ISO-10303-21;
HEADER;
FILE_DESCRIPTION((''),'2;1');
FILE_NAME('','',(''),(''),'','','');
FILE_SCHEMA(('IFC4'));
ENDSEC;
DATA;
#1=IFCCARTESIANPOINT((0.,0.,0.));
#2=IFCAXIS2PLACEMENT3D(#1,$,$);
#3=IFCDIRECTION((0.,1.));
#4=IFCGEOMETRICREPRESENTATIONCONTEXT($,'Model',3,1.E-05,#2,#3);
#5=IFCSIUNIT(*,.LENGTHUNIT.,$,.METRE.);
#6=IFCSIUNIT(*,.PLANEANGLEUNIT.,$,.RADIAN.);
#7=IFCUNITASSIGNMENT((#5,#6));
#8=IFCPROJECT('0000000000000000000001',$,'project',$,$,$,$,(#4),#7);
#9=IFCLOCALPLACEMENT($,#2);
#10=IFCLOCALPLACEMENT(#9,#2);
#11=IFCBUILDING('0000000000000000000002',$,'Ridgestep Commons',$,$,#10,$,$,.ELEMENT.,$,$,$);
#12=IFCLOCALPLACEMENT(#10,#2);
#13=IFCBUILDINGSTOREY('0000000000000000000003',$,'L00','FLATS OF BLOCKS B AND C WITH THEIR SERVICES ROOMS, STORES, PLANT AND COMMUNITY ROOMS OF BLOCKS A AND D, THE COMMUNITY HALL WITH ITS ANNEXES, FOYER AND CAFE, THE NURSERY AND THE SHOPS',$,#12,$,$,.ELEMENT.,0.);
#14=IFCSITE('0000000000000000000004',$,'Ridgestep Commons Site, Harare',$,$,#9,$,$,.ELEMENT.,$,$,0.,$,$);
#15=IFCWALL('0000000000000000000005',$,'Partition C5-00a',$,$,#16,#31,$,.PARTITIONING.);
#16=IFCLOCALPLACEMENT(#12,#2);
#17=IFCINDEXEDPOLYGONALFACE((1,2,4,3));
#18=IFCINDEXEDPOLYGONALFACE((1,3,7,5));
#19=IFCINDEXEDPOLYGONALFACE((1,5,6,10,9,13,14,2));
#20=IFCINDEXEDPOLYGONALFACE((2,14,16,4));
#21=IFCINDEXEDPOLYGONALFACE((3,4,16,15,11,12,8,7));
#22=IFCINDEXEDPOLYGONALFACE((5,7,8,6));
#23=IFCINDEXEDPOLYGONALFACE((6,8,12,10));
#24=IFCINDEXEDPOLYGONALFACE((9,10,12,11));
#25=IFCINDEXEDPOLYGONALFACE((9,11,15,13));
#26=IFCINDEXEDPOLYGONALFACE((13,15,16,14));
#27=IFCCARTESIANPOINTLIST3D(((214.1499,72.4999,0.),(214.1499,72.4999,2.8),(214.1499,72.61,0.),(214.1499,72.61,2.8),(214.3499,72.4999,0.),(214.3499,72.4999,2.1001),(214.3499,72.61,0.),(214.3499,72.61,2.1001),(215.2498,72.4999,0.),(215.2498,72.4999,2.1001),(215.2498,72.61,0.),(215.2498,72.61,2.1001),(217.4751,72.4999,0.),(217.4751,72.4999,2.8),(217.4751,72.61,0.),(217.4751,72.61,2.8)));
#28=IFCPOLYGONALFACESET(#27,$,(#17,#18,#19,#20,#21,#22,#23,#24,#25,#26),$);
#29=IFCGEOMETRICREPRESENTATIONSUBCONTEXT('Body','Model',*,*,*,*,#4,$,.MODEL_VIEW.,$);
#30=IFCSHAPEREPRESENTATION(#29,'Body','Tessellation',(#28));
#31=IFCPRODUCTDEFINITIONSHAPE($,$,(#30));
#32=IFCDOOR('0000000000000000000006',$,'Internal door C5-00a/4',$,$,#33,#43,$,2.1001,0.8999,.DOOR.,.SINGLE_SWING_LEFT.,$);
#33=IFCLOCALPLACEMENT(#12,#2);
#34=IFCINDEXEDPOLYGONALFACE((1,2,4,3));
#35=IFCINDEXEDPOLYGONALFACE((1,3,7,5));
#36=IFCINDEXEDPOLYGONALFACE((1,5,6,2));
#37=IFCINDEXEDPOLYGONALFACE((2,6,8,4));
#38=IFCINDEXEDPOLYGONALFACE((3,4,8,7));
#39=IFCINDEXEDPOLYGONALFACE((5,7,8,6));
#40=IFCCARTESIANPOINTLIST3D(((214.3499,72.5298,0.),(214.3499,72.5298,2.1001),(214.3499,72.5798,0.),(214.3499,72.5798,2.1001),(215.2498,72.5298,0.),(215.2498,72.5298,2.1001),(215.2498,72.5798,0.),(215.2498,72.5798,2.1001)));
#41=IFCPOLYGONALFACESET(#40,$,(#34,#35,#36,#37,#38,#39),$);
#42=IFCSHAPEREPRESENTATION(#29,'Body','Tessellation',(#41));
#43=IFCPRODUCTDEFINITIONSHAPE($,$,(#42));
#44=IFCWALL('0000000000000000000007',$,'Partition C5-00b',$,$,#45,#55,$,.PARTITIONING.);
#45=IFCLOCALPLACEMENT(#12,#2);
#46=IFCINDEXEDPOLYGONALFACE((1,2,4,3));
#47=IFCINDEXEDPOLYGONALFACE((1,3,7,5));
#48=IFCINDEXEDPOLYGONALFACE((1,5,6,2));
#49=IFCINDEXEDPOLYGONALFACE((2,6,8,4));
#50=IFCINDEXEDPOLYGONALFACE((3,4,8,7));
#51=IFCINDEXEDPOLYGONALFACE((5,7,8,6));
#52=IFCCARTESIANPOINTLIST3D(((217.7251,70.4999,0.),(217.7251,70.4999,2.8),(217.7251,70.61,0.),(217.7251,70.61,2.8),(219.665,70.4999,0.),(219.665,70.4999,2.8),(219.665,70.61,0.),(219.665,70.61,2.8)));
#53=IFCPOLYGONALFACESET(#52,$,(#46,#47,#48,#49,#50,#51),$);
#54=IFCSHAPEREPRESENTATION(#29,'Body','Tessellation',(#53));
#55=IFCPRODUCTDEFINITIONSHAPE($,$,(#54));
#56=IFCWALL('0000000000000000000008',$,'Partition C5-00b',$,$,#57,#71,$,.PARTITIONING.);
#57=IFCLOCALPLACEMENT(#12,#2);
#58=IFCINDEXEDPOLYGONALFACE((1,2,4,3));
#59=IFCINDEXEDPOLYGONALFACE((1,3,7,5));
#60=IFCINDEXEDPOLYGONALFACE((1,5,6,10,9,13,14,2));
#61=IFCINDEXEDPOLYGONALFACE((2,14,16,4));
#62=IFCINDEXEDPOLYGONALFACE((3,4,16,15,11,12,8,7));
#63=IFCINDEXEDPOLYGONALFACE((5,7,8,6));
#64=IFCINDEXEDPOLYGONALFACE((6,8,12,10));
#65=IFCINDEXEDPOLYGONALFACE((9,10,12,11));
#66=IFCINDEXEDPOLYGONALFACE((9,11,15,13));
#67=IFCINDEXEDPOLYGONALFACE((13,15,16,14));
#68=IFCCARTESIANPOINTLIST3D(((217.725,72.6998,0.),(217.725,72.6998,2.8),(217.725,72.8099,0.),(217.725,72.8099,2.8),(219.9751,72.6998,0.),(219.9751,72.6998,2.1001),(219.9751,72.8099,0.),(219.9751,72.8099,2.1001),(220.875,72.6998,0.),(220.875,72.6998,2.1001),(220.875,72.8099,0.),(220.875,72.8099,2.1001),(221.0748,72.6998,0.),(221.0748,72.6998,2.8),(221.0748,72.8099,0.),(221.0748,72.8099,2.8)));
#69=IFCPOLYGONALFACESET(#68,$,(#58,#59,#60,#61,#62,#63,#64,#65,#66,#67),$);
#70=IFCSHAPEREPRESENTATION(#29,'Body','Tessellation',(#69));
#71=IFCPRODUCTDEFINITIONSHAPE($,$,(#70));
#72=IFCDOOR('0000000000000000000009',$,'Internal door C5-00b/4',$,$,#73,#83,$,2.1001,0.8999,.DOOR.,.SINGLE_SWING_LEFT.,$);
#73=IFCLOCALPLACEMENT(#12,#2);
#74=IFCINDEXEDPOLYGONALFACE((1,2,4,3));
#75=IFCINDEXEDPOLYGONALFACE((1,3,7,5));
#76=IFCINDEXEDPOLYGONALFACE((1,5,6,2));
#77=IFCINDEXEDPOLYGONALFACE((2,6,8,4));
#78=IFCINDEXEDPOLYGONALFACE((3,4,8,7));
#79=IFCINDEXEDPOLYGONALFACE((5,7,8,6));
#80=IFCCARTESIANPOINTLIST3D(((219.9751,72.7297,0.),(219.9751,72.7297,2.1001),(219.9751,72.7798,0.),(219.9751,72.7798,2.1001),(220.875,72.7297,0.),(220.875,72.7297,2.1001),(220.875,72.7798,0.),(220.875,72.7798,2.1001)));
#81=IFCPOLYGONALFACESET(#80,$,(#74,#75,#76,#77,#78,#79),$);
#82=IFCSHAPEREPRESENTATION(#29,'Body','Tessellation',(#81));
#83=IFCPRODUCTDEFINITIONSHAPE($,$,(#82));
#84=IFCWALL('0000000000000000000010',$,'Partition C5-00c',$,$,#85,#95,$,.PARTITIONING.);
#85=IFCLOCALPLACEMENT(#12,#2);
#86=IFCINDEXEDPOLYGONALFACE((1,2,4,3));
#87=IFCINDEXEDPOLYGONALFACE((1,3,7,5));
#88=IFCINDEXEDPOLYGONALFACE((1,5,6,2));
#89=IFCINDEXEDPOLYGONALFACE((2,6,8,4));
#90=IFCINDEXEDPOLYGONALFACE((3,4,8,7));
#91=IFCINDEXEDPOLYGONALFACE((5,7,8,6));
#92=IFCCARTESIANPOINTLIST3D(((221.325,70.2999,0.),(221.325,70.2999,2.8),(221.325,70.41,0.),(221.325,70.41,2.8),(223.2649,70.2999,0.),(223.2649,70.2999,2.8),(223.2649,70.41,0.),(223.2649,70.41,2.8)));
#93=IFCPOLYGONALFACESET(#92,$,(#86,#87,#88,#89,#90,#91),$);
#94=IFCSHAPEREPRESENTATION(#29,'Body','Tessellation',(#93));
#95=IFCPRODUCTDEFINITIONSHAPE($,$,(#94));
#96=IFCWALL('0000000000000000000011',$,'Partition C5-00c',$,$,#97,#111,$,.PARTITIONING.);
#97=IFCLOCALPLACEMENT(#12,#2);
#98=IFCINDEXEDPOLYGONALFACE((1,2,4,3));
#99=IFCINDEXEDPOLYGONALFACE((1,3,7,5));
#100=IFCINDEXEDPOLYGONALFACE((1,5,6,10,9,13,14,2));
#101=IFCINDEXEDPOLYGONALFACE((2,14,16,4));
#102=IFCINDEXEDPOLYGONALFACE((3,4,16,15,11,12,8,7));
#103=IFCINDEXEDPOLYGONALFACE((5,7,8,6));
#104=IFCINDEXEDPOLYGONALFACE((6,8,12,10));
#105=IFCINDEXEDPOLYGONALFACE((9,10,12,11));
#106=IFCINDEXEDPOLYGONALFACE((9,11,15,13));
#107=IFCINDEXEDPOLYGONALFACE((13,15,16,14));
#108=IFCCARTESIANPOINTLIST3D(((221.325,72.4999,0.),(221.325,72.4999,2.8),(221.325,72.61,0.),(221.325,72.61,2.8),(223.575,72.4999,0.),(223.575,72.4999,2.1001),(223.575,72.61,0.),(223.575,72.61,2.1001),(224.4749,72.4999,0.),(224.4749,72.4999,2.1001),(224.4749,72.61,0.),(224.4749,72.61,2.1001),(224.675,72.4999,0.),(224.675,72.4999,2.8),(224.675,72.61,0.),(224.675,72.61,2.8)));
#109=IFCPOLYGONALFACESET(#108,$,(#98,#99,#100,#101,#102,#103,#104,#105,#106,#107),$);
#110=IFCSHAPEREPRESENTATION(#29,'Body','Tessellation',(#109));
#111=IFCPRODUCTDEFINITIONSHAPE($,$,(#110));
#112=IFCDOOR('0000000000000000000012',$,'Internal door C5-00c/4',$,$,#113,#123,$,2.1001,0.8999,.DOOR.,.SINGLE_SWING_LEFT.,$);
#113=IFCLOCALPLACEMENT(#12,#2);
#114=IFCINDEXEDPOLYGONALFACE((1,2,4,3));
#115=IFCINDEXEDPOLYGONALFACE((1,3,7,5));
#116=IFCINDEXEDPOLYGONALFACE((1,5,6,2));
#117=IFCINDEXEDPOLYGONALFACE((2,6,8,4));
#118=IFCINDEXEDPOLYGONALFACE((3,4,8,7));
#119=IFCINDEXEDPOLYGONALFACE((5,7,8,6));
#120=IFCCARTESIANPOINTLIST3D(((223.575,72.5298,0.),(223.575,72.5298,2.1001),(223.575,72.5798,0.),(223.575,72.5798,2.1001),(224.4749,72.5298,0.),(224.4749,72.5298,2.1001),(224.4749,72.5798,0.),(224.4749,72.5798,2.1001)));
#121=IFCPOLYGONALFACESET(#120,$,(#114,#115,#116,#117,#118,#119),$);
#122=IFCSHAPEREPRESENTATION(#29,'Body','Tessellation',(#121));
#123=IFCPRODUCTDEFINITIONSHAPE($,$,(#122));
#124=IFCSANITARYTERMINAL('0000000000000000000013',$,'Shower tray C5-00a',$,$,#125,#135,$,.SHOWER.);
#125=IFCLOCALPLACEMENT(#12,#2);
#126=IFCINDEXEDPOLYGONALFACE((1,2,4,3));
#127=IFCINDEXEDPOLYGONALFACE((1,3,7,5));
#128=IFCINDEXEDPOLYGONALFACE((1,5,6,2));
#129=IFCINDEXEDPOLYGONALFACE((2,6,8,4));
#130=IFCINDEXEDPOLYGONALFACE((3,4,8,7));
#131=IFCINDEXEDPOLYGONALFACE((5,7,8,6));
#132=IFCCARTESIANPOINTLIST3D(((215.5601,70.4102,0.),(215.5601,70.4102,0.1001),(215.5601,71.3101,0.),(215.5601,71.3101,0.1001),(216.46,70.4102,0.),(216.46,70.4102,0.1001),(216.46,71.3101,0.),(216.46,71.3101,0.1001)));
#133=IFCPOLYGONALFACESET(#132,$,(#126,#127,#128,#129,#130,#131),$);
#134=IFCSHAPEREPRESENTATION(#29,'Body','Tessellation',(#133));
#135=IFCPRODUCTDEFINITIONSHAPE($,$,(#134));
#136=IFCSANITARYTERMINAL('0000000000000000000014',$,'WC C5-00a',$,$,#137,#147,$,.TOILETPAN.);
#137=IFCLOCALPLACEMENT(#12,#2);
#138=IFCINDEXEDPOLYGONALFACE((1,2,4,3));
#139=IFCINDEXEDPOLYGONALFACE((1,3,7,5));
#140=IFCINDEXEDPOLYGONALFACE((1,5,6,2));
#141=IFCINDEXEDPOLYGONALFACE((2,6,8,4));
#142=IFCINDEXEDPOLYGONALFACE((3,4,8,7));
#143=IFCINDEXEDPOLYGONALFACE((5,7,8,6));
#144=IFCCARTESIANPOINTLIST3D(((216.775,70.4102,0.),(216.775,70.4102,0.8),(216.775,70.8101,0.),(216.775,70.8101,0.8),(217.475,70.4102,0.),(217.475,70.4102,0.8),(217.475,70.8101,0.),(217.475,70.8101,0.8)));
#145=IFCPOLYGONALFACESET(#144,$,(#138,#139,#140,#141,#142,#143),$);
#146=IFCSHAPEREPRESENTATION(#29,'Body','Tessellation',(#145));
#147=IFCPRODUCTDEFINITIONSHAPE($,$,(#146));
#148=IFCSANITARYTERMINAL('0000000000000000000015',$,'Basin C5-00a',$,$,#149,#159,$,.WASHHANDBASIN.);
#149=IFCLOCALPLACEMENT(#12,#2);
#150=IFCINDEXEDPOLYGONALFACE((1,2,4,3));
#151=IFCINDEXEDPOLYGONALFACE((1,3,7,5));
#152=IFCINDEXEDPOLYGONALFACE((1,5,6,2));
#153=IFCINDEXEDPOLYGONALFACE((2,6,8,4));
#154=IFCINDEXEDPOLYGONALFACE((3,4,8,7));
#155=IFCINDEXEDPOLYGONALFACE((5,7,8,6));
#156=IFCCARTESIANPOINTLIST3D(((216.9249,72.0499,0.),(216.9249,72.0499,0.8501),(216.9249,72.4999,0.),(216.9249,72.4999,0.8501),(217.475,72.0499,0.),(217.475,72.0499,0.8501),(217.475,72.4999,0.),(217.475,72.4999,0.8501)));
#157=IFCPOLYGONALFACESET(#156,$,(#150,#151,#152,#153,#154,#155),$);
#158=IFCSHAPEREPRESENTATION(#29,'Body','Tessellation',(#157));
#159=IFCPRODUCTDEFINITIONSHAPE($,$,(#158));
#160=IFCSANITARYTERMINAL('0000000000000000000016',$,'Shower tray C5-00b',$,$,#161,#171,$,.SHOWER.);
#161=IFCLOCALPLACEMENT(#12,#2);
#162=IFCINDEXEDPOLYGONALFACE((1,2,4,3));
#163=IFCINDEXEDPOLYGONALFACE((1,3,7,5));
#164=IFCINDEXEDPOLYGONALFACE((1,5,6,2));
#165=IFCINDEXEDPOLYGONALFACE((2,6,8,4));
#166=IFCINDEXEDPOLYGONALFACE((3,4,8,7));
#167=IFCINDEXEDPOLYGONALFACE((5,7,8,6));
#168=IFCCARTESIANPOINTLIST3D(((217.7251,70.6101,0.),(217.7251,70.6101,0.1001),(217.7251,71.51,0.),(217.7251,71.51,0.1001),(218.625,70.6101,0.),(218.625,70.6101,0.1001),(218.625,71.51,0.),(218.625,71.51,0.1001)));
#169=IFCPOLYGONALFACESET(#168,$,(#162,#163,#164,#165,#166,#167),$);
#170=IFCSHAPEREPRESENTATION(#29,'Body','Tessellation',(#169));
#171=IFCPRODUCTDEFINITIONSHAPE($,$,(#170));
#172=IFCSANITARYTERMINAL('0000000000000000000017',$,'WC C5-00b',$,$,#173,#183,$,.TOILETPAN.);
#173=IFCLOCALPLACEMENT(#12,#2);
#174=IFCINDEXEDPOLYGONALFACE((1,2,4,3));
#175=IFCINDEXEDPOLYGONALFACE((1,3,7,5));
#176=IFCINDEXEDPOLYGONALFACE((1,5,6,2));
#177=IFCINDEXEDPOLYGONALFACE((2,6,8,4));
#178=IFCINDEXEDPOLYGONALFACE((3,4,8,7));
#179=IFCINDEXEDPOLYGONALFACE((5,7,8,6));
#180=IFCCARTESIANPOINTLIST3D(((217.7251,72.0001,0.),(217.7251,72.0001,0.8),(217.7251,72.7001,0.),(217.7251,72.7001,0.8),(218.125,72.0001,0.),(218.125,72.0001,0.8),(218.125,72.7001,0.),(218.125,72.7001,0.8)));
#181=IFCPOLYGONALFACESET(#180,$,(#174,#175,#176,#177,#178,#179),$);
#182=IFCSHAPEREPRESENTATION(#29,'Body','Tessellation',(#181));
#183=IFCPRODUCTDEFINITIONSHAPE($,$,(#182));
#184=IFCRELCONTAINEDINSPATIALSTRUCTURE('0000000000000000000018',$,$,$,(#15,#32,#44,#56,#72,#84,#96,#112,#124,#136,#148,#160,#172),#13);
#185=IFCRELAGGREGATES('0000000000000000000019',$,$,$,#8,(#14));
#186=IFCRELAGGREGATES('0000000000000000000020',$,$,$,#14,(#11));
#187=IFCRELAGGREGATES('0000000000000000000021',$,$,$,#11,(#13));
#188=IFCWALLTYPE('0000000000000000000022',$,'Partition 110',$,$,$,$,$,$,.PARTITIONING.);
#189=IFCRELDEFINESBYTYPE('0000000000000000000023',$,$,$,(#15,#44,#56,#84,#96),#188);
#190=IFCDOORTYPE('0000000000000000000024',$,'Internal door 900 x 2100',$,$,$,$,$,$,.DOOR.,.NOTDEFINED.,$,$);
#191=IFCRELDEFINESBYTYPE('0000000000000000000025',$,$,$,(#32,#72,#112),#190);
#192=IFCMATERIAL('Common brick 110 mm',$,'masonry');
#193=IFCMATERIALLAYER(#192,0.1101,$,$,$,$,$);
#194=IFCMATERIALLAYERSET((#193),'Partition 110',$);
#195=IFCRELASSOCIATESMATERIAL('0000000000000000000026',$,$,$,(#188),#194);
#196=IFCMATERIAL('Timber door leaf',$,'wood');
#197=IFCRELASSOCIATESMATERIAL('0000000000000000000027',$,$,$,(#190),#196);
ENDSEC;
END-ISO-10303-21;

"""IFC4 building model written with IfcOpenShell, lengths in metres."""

from ifc_helpers import new_model, si_unit, direction, frame, frame_2d, origin, origin_2d, place, context, subcontext, project, spatial, rectangle, extrude, material, layer, layer_set, type_object, element, fill, save


model = new_model("IFC4")

# Units and contexts
model_context = context("Model", 3, precision=1e-05, world=origin(), true_north=direction((0.0, 1.0)))
body_context = subcontext(model_context, "Body", "Model", "MODEL_VIEW")
ifc_project = project(units=[si_unit("LENGTHUNIT", "METRE"), si_unit("PLANEANGLEUNIT", "RADIAN")], contexts=[model_context])

# Site, building, storey
site_placement = place(None, origin())
site = spatial("IfcSite", under=ifc_project, at=site_placement, Name="Ridgestep Commons Site, Harare", CompositionType="ELEMENT", RefElevation=0.0)
building_placement = place(site_placement, origin())
building = spatial("IfcBuilding", under=site, at=building_placement, Name="Ridgestep Commons", CompositionType="ELEMENT")
storey_placement = place(building_placement, origin())
storey = spatial("IfcBuildingStorey", under=building, at=storey_placement, Name="L00", Description="FLATS OF BLOCKS B AND C WITH THEIR SERVICES ROOMS, STORES, PLANT AND COMMUNITY ROOMS OF BLOCKS A AND D, THE COMMUNITY HALL WITH ITS ANNEXES, FOYER AND CAFE, THE NURSERY AND THE SHOPS", CompositionType="ELEMENT", Elevation=0.0)

# Shared definitions
ifc_material_1 = material(Name="Common brick 110 mm", Category="masonry")
ifc_layer_1 = layer(ifc_material_1, 0.1101)
ifc_layer_set_1 = layer_set([ifc_layer_1], Name="Partition 110")
wall_type_1 = type_object("IfcWallType", Name="Partition 110", PredefinedType="PARTITIONING", material=ifc_layer_set_1)

# Wall, opening, door
wall_1_placement = place(storey_placement, frame((214.1499, 72.5549, 0.0), z_axis=(0.0, 0.0, 1.0), x_axis=(1.0, 0.0, 0.0)))
wall_1 = element("IfcWall", 1, at=wall_1_placement, inside=storey, type_object=wall_type_1, Name="Partition C5-00a", PredefinedType="PARTITIONING", context=body_context, shape_type="SweptSolid", body=[
    extrude(rectangle(XDim=3.3252, YDim=0.1101, at=frame_2d((1.6626, 0.0))), origin(), (0.0, 0.0, 1.0), 2.8),
])
opening_1_placement = place(wall_1_placement, frame((0.2, 0.0, 0.0)))
opening_1 = element("IfcOpeningElement", 2, at=opening_1_placement, cuts=wall_1, PredefinedType="OPENING", context=body_context, shape_type="SweptSolid", body=[
    extrude(rectangle(XDim=0.8999, YDim=2.1001, at=frame_2d((0.45, 1.05))), frame((0.0, 0.0649, 0.0), z_axis=(0.0, -1.0, 0.0), x_axis=(1.0, 0.0, 0.0)), (0.0, 0.0, 1.0), 0.1301),
])
ifc_material_2 = material(Name="Timber door leaf", Category="wood")
door_type_1 = type_object("IfcDoorType", Name="Internal door 900 x 2100", OperationType="NOTDEFINED", PredefinedType="DOOR", material=ifc_material_2)
door_1_placement = place(opening_1_placement, origin())
door_1 = element("IfcDoor", 3, at=door_1_placement, inside=storey, type_object=door_type_1, Name="Internal door C5-00a/4", OperationType="SINGLE_SWING_LEFT", OverallHeight=2.1001, OverallWidth=0.8999, PredefinedType="DOOR", context=body_context, shape_type="SweptSolid", body=[
    extrude(rectangle(XDim=0.8999, YDim=2.1001, at=frame_2d((0.45, 1.05))), frame((0.0, 0.0249, 0.0), z_axis=(0.0, -1.0, 0.0), x_axis=(1.0, 0.0, 0.0)), (0.0, 0.0, 1.0), 0.05),
])
fill(opening_1, door_1)

# Wall
wall_2_placement = place(storey_placement, frame((217.7251, 70.5549, 0.0), z_axis=(0.0, 0.0, 1.0), x_axis=(1.0, 0.0, 0.0)))
element("IfcWall", 4, at=wall_2_placement, inside=storey, type_object=wall_type_1, Name="Partition C5-00b", PredefinedType="PARTITIONING", context=body_context, shape_type="SweptSolid", body=[
    extrude(rectangle(XDim=1.9399, YDim=0.1101, at=frame_2d((0.97, 0.0))), origin(), (0.0, 0.0, 1.0), 2.8),
])

# Wall, opening, door
wall_3_placement = place(storey_placement, frame((217.7251, 72.7549, 0.0), z_axis=(0.0, 0.0, 1.0), x_axis=(1.0, 0.0, 0.0)))
wall_3 = element("IfcWall", 5, at=wall_3_placement, inside=storey, type_object=wall_type_1, Name="Partition C5-00b", PredefinedType="PARTITIONING", context=body_context, shape_type="SweptSolid", body=[
    extrude(rectangle(XDim=3.3499, YDim=0.1101, at=frame_2d((1.6748, 0.0))), origin(), (0.0, 0.0, 1.0), 2.8),
])
opening_2_placement = place(wall_3_placement, frame((2.25, 0.0, 0.0)))
opening_2 = element("IfcOpeningElement", 6, at=opening_2_placement, cuts=wall_3, PredefinedType="OPENING", context=body_context, shape_type="SweptSolid", body=[
    extrude(rectangle(XDim=0.8999, YDim=2.1001, at=frame_2d((0.45, 1.05))), frame((0.0, 0.0649, 0.0), z_axis=(0.0, -1.0, 0.0), x_axis=(1.0, 0.0, 0.0)), (0.0, 0.0, 1.0), 0.1301),
])
door_2_placement = place(opening_2_placement, origin())
door_2 = element("IfcDoor", 7, at=door_2_placement, inside=storey, type_object=door_type_1, Name="Internal door C5-00b/4", OperationType="SINGLE_SWING_LEFT", OverallHeight=2.1001, OverallWidth=0.8999, PredefinedType="DOOR", context=body_context, shape_type="SweptSolid", body=[
    extrude(rectangle(XDim=0.8999, YDim=2.1001, at=frame_2d((0.45, 1.05))), frame((0.0, 0.0249, 0.0), z_axis=(0.0, -1.0, 0.0), x_axis=(1.0, 0.0, 0.0)), (0.0, 0.0, 1.0), 0.05),
])
fill(opening_2, door_2)

# Wall
wall_4_placement = place(storey_placement, frame((221.325, 70.355, 0.0), z_axis=(0.0, 0.0, 1.0), x_axis=(1.0, 0.0, 0.0)))
element("IfcWall", 8, at=wall_4_placement, inside=storey, type_object=wall_type_1, Name="Partition C5-00c", PredefinedType="PARTITIONING", context=body_context, shape_type="SweptSolid", body=[
    extrude(rectangle(XDim=1.9399, YDim=0.1101, at=frame_2d((0.97, 0.0))), origin(), (0.0, 0.0, 1.0), 2.8),
])

# Wall, opening, door
wall_5_placement = place(storey_placement, frame((221.325, 72.5549, 0.0), z_axis=(0.0, 0.0, 1.0), x_axis=(1.0, 0.0, 0.0)))
wall_5 = element("IfcWall", 9, at=wall_5_placement, inside=storey, type_object=wall_type_1, Name="Partition C5-00c", PredefinedType="PARTITIONING", context=body_context, shape_type="SweptSolid", body=[
    extrude(rectangle(XDim=3.3501, YDim=0.1101, at=frame_2d((1.675, 0.0))), origin(), (0.0, 0.0, 1.0), 2.8),
])
opening_3_placement = place(wall_5_placement, frame((2.25, 0.0, 0.0)))
opening_3 = element("IfcOpeningElement", 10, at=opening_3_placement, cuts=wall_5, PredefinedType="OPENING", context=body_context, shape_type="SweptSolid", body=[
    extrude(rectangle(XDim=0.8999, YDim=2.1001, at=frame_2d((0.45, 1.05))), frame((0.0, 0.0649, 0.0), z_axis=(0.0, -1.0, 0.0), x_axis=(1.0, 0.0, 0.0)), (0.0, 0.0, 1.0), 0.1301),
])
door_3_placement = place(opening_3_placement, origin())
door_3 = element("IfcDoor", 11, at=door_3_placement, inside=storey, type_object=door_type_1, Name="Internal door C5-00c/4", OperationType="SINGLE_SWING_LEFT", OverallHeight=2.1001, OverallWidth=0.8999, PredefinedType="DOOR", context=body_context, shape_type="SweptSolid", body=[
    extrude(rectangle(XDim=0.8999, YDim=2.1001, at=frame_2d((0.45, 1.05))), frame((0.0, 0.0249, 0.0), z_axis=(0.0, -1.0, 0.0), x_axis=(1.0, 0.0, 0.0)), (0.0, 0.0, 1.0), 0.05),
])
fill(opening_3, door_3)

# Sanitary terminals
sanitary_terminal_1_placement = place(storey_placement, frame((216.01, 70.8601, 0.0), z_axis=(0.0, 0.0, 1.0), x_axis=(1.0, 0.0, 0.0)))
element("IfcSanitaryTerminal", 12, at=sanitary_terminal_1_placement, inside=storey, Name="Shower tray C5-00a", PredefinedType="SHOWER", context=body_context, shape_type="SweptSolid", body=[
    extrude(rectangle(XDim=0.8999, YDim=0.8999, at=origin_2d()), origin(), (0.0, 0.0, 1.0), 0.1001),
])
sanitary_terminal_2_placement = place(storey_placement, frame((217.125, 70.6101, 0.0), z_axis=(0.0, 0.0, 1.0), x_axis=(1.0, 0.0, 0.0)))
element("IfcSanitaryTerminal", 13, at=sanitary_terminal_2_placement, inside=storey, Name="WC C5-00a", PredefinedType="TOILETPAN", context=body_context, shape_type="SweptSolid", body=[
    extrude(rectangle(XDim=0.7, YDim=0.3999, at=origin_2d()), origin(), (0.0, 0.0, 1.0), 0.8),
])
sanitary_terminal_3_placement = place(storey_placement, frame((217.2, 72.2749, 0.0), z_axis=(0.0, 0.0, 1.0), x_axis=(1.0, 0.0, 0.0)))
element("IfcSanitaryTerminal", 14, at=sanitary_terminal_3_placement, inside=storey, Name="Basin C5-00a", PredefinedType="WASHHANDBASIN", context=body_context, shape_type="SweptSolid", body=[
    extrude(rectangle(XDim=0.55, YDim=0.45, at=origin_2d()), origin(), (0.0, 0.0, 1.0), 0.8501),
])
sanitary_terminal_4_placement = place(storey_placement, frame((218.175, 71.0601, 0.0), z_axis=(0.0, 0.0, 1.0), x_axis=(1.0, 0.0, 0.0)))
element("IfcSanitaryTerminal", 15, at=sanitary_terminal_4_placement, inside=storey, Name="Shower tray C5-00b", PredefinedType="SHOWER", context=body_context, shape_type="SweptSolid", body=[
    extrude(rectangle(XDim=0.8999, YDim=0.8999, at=origin_2d()), origin(), (0.0, 0.0, 1.0), 0.1001),
])
sanitary_terminal_5_placement = place(storey_placement, frame((217.925, 72.3501, 0.0), z_axis=(0.0, 0.0, 1.0), x_axis=(1.0, 0.0, 0.0)))
element("IfcSanitaryTerminal", 16, at=sanitary_terminal_5_placement, inside=storey, Name="WC C5-00b", PredefinedType="TOILETPAN", context=body_context, shape_type="SweptSolid", body=[
    extrude(rectangle(XDim=0.3999, YDim=0.7, at=origin_2d()), origin(), (0.0, 0.0, 1.0), 0.8),
])

save(model, "model.ifc")
